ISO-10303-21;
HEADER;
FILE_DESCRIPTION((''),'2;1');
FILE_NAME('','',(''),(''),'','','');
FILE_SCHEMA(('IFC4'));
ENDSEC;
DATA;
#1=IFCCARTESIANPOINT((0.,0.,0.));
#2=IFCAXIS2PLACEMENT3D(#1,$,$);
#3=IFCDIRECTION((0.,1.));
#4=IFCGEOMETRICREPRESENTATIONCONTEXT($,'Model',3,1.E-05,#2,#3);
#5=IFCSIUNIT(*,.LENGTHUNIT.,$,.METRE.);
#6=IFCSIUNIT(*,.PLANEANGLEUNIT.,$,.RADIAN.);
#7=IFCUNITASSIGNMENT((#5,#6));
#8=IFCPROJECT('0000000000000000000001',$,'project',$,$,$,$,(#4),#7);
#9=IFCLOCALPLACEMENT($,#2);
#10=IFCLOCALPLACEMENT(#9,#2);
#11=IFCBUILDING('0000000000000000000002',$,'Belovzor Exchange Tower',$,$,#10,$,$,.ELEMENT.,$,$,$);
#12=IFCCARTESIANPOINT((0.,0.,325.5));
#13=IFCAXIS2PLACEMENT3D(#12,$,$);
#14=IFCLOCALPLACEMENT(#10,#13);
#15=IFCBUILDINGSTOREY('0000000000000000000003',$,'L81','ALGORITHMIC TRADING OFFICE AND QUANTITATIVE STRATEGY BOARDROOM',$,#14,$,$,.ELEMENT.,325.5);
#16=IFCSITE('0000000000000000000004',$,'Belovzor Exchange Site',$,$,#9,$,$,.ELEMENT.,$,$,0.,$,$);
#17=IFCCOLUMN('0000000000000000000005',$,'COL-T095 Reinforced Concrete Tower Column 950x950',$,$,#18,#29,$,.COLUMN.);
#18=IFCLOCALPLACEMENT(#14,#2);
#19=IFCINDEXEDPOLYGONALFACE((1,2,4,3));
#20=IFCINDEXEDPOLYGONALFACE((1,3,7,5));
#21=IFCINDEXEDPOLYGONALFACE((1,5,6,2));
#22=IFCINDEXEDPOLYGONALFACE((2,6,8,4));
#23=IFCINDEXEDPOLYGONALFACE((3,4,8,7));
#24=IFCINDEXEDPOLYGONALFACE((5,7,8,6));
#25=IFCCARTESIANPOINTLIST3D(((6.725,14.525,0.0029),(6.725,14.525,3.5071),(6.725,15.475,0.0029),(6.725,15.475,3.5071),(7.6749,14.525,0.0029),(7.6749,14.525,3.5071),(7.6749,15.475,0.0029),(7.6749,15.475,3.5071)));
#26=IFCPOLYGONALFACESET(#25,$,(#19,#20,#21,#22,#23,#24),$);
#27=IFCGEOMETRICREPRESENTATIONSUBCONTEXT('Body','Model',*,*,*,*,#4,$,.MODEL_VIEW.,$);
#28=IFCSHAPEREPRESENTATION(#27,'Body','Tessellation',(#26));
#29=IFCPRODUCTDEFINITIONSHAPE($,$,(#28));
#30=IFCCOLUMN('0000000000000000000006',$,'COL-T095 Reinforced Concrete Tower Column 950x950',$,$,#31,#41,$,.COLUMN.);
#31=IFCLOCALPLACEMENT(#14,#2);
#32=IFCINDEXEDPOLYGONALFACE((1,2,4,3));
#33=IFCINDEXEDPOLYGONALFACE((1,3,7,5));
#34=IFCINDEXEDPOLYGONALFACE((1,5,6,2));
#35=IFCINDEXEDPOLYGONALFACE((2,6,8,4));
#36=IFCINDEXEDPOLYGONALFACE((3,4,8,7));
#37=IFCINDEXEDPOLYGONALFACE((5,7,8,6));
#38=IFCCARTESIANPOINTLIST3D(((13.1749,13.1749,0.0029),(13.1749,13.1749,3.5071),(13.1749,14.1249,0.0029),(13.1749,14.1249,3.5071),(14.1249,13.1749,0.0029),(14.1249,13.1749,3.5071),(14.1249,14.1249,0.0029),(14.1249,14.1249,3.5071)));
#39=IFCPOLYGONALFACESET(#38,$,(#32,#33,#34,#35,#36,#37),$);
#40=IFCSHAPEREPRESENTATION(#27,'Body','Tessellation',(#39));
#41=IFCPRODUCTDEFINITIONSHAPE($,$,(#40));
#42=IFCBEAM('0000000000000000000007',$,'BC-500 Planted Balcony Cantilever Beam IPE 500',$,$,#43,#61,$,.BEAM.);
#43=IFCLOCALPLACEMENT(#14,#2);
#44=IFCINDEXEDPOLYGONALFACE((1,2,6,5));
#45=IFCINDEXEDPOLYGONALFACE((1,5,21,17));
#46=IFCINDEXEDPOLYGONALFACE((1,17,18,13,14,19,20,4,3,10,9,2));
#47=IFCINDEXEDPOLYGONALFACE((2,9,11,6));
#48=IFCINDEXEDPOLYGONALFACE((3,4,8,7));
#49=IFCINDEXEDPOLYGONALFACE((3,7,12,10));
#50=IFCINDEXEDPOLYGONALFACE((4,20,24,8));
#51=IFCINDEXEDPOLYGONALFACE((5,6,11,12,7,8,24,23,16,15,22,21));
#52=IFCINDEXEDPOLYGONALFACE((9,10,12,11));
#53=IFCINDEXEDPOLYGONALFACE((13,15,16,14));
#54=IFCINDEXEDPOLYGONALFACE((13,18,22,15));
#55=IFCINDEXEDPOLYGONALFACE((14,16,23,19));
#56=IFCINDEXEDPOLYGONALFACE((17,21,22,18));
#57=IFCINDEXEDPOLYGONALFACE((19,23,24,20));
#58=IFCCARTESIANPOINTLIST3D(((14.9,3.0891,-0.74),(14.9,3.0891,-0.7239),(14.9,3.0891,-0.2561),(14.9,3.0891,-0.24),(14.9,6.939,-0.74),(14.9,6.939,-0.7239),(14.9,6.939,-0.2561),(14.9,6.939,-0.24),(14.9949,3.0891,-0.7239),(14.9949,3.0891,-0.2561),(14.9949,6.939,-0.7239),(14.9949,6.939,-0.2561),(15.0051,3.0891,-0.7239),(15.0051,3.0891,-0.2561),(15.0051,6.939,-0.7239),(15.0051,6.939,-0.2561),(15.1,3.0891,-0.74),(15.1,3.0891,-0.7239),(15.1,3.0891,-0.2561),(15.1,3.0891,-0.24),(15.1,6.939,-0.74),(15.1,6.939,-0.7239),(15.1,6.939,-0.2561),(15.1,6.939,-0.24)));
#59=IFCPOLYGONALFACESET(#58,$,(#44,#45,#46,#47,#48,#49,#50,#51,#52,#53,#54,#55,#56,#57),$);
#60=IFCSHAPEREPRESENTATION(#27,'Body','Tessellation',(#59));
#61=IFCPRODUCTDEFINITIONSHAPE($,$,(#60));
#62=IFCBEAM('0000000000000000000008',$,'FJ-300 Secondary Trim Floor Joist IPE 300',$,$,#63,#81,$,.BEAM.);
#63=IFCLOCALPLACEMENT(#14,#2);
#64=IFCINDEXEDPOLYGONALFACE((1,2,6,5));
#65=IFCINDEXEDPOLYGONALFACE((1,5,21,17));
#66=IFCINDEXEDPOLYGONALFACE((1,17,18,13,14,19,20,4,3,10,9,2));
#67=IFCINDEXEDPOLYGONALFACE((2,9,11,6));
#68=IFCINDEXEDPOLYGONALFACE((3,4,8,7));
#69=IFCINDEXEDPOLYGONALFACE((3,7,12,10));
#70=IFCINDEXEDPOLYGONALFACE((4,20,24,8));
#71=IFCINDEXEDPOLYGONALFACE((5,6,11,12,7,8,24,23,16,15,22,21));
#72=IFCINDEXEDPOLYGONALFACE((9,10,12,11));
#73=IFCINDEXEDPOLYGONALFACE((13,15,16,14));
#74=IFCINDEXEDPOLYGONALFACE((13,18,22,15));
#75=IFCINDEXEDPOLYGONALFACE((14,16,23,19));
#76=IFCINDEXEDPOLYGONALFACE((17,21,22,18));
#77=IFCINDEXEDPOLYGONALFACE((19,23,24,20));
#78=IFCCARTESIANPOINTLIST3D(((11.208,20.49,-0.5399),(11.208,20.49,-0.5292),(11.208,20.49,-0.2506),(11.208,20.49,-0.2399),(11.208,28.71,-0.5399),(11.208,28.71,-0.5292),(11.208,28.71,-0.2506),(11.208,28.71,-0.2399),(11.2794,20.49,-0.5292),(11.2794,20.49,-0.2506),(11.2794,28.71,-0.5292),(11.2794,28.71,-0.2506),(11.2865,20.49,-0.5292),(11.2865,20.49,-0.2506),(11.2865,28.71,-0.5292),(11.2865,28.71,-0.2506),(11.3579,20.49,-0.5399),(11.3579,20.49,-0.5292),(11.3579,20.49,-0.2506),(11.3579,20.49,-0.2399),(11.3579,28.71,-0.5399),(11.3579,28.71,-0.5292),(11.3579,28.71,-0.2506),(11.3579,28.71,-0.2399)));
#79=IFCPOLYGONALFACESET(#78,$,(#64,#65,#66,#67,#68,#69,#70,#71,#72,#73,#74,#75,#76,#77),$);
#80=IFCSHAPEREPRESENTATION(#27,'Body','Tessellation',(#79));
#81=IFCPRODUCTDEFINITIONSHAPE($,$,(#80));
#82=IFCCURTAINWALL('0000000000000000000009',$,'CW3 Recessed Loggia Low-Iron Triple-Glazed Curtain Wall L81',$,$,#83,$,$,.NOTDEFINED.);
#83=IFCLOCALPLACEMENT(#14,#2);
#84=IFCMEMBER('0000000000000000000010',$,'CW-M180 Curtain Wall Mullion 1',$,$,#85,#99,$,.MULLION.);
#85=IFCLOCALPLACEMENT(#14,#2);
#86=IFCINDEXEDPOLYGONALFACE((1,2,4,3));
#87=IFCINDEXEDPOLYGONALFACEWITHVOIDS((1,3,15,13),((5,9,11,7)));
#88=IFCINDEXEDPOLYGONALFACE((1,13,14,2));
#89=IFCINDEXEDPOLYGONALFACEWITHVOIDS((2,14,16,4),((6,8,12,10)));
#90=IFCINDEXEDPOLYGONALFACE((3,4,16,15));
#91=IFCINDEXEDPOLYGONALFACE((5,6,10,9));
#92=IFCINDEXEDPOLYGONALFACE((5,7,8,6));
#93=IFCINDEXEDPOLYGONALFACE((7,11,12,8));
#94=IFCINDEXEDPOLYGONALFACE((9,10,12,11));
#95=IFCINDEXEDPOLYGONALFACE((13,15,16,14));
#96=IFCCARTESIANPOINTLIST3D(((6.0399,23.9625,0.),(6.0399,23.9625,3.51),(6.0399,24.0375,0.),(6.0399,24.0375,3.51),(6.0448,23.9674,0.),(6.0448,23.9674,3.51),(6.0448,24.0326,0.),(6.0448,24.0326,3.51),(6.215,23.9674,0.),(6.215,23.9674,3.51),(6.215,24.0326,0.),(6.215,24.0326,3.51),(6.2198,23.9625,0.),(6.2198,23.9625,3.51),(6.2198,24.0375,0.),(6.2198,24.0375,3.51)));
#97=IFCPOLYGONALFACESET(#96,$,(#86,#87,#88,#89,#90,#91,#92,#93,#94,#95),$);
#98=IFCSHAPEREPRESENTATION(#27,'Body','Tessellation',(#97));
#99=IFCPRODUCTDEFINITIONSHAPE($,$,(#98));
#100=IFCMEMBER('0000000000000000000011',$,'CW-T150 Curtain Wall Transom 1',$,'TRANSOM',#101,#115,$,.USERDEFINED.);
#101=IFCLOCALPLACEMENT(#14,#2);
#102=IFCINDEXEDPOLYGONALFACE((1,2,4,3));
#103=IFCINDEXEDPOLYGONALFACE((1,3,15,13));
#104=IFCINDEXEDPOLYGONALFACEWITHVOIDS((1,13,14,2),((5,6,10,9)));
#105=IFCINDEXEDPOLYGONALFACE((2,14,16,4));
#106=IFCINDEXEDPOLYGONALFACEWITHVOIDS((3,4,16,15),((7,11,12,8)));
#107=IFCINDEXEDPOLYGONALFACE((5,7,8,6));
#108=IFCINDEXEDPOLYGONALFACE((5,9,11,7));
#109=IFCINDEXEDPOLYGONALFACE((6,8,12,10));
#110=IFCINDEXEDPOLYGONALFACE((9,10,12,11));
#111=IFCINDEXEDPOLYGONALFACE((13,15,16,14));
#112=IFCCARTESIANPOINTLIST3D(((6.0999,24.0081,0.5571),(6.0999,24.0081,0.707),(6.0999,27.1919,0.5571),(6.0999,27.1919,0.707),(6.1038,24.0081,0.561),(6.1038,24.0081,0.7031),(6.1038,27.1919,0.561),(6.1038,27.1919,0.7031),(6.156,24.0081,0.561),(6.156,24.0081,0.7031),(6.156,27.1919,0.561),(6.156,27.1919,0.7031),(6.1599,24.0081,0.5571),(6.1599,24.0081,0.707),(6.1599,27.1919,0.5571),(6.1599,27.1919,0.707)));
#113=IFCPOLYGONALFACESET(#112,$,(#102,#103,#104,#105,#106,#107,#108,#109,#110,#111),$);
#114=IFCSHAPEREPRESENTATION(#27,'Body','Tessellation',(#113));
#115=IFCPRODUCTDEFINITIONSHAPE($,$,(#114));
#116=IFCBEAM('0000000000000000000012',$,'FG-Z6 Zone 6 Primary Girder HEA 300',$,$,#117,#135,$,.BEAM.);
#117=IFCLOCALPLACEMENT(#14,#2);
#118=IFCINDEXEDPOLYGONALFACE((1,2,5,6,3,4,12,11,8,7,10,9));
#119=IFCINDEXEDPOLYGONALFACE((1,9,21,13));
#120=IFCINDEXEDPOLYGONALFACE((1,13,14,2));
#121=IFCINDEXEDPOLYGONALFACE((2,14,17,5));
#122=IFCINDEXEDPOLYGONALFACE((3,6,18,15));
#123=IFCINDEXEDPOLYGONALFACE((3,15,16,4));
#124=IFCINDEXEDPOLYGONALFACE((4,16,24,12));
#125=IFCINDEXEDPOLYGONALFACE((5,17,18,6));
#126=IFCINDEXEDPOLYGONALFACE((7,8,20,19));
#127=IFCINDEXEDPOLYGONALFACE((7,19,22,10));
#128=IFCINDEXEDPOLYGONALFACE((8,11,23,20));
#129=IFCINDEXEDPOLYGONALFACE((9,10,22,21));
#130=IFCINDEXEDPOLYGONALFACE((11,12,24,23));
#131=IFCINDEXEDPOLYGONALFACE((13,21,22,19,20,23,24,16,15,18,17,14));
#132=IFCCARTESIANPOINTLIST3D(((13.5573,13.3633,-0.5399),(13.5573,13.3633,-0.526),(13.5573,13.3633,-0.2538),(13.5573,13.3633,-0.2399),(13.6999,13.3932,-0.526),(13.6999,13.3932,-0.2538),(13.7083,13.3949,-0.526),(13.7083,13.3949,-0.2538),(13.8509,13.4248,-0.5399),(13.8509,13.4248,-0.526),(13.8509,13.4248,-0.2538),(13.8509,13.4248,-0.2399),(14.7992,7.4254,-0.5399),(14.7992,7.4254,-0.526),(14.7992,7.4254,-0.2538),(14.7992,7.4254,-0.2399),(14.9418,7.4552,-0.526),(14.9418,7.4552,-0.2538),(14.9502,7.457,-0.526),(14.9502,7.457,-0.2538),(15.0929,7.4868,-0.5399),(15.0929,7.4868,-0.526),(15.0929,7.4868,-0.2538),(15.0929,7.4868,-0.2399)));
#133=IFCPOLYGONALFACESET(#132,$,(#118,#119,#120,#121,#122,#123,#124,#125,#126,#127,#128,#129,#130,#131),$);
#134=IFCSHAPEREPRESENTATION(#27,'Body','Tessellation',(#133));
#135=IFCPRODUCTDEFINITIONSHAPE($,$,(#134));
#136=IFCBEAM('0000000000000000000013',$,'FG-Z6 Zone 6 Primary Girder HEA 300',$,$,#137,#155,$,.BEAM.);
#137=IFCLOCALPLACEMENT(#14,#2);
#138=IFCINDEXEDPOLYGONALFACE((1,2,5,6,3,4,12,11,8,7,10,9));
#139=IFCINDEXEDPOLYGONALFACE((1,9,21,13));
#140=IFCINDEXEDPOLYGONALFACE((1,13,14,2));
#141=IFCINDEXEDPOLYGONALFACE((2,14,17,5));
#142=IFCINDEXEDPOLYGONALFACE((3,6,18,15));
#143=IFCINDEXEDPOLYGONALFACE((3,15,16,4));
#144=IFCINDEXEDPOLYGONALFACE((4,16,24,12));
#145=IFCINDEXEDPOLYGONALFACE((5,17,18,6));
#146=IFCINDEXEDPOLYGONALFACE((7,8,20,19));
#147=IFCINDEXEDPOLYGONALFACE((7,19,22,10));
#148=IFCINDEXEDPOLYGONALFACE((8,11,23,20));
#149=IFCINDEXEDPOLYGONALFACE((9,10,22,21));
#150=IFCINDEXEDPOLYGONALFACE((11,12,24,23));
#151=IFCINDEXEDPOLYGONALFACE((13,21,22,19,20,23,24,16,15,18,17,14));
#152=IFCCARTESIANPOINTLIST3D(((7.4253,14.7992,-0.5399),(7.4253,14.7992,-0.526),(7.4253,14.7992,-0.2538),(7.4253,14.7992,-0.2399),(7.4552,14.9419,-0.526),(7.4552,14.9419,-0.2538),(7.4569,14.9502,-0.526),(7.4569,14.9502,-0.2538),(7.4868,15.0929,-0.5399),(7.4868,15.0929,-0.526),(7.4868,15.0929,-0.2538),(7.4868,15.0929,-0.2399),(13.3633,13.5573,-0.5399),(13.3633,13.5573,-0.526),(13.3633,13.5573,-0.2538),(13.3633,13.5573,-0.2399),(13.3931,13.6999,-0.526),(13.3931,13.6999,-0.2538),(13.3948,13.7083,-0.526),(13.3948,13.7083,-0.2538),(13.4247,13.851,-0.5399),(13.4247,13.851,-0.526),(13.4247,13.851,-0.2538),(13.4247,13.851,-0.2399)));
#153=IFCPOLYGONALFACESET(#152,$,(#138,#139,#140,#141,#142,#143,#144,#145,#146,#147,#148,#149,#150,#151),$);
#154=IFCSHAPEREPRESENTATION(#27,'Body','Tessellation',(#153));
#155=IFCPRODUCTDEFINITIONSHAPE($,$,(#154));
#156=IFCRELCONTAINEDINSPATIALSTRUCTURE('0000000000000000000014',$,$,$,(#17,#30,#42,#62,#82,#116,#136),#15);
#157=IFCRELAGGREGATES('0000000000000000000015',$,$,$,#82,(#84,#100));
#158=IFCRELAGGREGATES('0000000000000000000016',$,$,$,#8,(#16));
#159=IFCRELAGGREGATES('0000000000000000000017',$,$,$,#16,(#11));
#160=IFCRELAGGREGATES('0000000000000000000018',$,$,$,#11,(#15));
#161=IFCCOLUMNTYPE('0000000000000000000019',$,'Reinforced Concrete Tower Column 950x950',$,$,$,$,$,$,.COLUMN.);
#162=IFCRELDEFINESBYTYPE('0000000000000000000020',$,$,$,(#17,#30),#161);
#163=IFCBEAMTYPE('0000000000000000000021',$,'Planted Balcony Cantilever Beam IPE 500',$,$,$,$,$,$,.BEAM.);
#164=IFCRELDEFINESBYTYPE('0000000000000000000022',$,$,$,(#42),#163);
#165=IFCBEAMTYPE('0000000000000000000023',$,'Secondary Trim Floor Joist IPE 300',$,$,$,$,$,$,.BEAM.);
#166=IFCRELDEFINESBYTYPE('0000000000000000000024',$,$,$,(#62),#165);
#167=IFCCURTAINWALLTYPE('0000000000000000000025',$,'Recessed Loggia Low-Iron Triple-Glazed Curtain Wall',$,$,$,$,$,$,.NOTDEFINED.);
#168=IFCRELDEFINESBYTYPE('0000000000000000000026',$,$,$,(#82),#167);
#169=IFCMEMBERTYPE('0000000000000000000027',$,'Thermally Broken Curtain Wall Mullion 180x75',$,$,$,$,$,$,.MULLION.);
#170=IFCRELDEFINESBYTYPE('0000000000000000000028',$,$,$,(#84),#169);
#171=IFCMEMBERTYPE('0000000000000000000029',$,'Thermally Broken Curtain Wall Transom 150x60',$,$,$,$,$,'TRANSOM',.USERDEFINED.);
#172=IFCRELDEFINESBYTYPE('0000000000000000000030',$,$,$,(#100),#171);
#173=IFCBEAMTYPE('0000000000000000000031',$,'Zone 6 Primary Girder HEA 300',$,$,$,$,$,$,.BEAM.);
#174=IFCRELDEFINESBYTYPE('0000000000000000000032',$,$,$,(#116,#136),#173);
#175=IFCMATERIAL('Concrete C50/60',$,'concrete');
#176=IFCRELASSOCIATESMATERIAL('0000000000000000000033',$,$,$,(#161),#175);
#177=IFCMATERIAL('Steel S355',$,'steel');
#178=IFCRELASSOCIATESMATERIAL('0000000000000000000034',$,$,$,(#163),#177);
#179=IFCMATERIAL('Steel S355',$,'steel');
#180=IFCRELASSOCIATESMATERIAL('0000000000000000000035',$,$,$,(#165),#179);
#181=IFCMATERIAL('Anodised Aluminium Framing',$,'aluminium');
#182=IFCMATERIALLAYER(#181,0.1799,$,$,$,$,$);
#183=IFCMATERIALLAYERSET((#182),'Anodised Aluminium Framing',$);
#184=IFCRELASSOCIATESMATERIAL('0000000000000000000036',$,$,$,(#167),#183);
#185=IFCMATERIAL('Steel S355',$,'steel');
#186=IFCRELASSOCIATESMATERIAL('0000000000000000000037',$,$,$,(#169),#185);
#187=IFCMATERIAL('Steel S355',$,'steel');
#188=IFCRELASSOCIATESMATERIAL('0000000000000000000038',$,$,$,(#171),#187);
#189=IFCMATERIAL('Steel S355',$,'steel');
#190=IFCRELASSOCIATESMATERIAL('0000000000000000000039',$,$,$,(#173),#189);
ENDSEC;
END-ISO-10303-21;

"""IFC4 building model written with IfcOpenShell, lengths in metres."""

from ifc_helpers import new_model, si_unit, direction, frame, origin, origin_2d, place, context, subcontext, project, spatial, rectangle, hollow_rectangle, i_section, extrude, material, layer, layer_set, material_profile, profile_set, type_object, element, aggregate, save


model = new_model("IFC4")

# Units and contexts
model_context = context("Model", 3, precision=1e-05, world=origin(), true_north=direction((0.0, 1.0)))
body_context = subcontext(model_context, "Body", "Model", "MODEL_VIEW")
ifc_project = project(units=[si_unit("LENGTHUNIT", "METRE"), si_unit("PLANEANGLEUNIT", "RADIAN")], contexts=[model_context])

# Site, building, storey
site_placement = place(None, origin())
site = spatial("IfcSite", under=ifc_project, at=site_placement, Name="Belovzor Exchange Site", CompositionType="ELEMENT", RefElevation=0.0)
building_placement = place(site_placement, origin())
building = spatial("IfcBuilding", under=site, at=building_placement, Name="Belovzor Exchange Tower", CompositionType="ELEMENT")
storey_placement = place(building_placement, frame((0.0, 0.0, 325.5)))
storey = spatial("IfcBuildingStorey", under=building, at=storey_placement, Name="L81", Description="ALGORITHMIC TRADING OFFICE AND QUANTITATIVE STRATEGY BOARDROOM", CompositionType="ELEMENT", Elevation=325.5)

# Columns
ifc_material_1 = material(Name="Concrete C50/60", Category="concrete")
ifc_material_profile_1 = material_profile(ifc_material_1, rectangle(XDim=0.95, YDim=0.95, at=origin_2d()))
ifc_profile_set_1 = profile_set([ifc_material_profile_1], Name="Concrete C50/60")
column_type = type_object("IfcColumnType", Name="Reinforced Concrete Tower Column 950x950", PredefinedType="COLUMN", material=ifc_profile_set_1)
for number, where, z_axis, x_axis, name in (
    (1, (7.2, 15.0, 0.0029), (0.0, 0.0, 1.0), (1.0, 0.0, 0.0), "COL-T095 Reinforced Concrete Tower Column 950x950"),
    (2, (13.6499, 13.6499, 0.0029), (0.0, 0.0, 1.0), (1.0, 0.0, 0.0), "COL-T095 Reinforced Concrete Tower Column 950x950"),
):
    element("IfcColumn", number, at=place(storey_placement, frame(where, z_axis=z_axis, x_axis=x_axis)), inside=storey, type_object=column_type, Name=name, PredefinedType="COLUMN", context=body_context, shape_type="SweptSolid", body=[
        extrude(rectangle(XDim=0.95, YDim=0.95, at=origin_2d()), origin(), (0.0, 0.0, 1.0), 3.5042),
    ])

# Beams
ifc_material_2 = material(Name="Steel S355", Category="steel")
ifc_material_profile_2 = material_profile(ifc_material_2, i_section(OverallWidth=0.2, OverallDepth=0.5, WebThickness=0.0103, FlangeThickness=0.0161, at=origin_2d()))
ifc_profile_set_2 = profile_set([ifc_material_profile_2], Name="Steel S355")
beam_type_1 = type_object("IfcBeamType", Name="Planted Balcony Cantilever Beam IPE 500", PredefinedType="BEAM", material=ifc_profile_set_2)
beam_1_placement = place(storey_placement, frame((15.0, 6.939, -0.49), z_axis=(0.0, -1.0, 0.0), x_axis=(1.0, 0.0, 0.0)))
element("IfcBeam", 3, at=beam_1_placement, inside=storey, type_object=beam_type_1, Name="BC-500 Planted Balcony Cantilever Beam IPE 500", PredefinedType="BEAM", context=body_context, shape_type="SweptSolid", body=[
    extrude(i_section(OverallWidth=0.2, OverallDepth=0.5, WebThickness=0.0103, FlangeThickness=0.0161, at=origin_2d()), origin(), (0.0, 0.0, 1.0), 3.8499),
])
ifc_material_3 = material(Name="Steel S355", Category="steel")
ifc_material_profile_3 = material_profile(ifc_material_3, i_section(OverallWidth=0.1499, OverallDepth=0.3, WebThickness=0.0071, FlangeThickness=0.0107, at=origin_2d()))
ifc_profile_set_3 = profile_set([ifc_material_profile_3], Name="Steel S355")
beam_type_2 = type_object("IfcBeamType", Name="Secondary Trim Floor Joist IPE 300", PredefinedType="BEAM", material=ifc_profile_set_3)
beam_2_placement = place(storey_placement, frame((11.283, 20.49, -0.3899), z_axis=(0.0, 1.0, 0.0), x_axis=(-1.0, 0.0, 0.0)))
element("IfcBeam", 4, at=beam_2_placement, inside=storey, type_object=beam_type_2, Name="FJ-300 Secondary Trim Floor Joist IPE 300", PredefinedType="BEAM", context=body_context, shape_type="SweptSolid", body=[
    extrude(i_section(OverallWidth=0.1499, OverallDepth=0.3, WebThickness=0.0071, FlangeThickness=0.0107, at=origin_2d()), origin(), (0.0, 0.0, 1.0), 8.22),
])

# Curtain wall, members
ifc_material_4 = material(Name="Anodised Aluminium Framing", Category="aluminium")
ifc_layer_1 = layer(ifc_material_4, 0.1799)
ifc_layer_set_1 = layer_set([ifc_layer_1], Name="Anodised Aluminium Framing")
curtain_wall_type = type_object("IfcCurtainWallType", Name="Recessed Loggia Low-Iron Triple-Glazed Curtain Wall", PredefinedType="NOTDEFINED", material=ifc_layer_set_1)
curtain_wall_placement = place(storey_placement, origin())
curtain_wall = element("IfcCurtainWall", 5, at=curtain_wall_placement, inside=storey, type_object=curtain_wall_type, Name="CW3 Recessed Loggia Low-Iron Triple-Glazed Curtain Wall L81", PredefinedType="NOTDEFINED")
ifc_material_5 = material(Name="Steel S355", Category="steel")
ifc_material_profile_4 = material_profile(ifc_material_5, hollow_rectangle(XDim=0.075, YDim=0.1799, WallThickness=0.0049, at=origin_2d()))
ifc_profile_set_4 = profile_set([ifc_material_profile_4], Name="Steel S355")
member_type_1 = type_object("IfcMemberType", Name="Thermally Broken Curtain Wall Mullion 180x75", PredefinedType="MULLION", material=ifc_profile_set_4)
member_1_placement = place(storey_placement, frame((6.1299, 24.0, 0.0), z_axis=(0.0, 0.0, 1.0), x_axis=(0.0, 1.0, 0.0)))
member_1 = element("IfcMember", 6, at=member_1_placement, type_object=member_type_1, Name="CW-M180 Curtain Wall Mullion 1", PredefinedType="MULLION", context=body_context, shape_type="SweptSolid", body=[
    extrude(hollow_rectangle(XDim=0.075, YDim=0.1799, WallThickness=0.0049, at=origin_2d()), origin(), (0.0, 0.0, 1.0), 3.51),
])
ifc_material_6 = material(Name="Steel S355", Category="steel")
ifc_material_profile_5 = material_profile(ifc_material_6, hollow_rectangle(XDim=0.0601, YDim=0.1499, WallThickness=0.0039, at=origin_2d()))
ifc_profile_set_5 = profile_set([ifc_material_profile_5], Name="Steel S355")
member_type_2 = type_object("IfcMemberType", Name="Thermally Broken Curtain Wall Transom 150x60", ElementType="TRANSOM", PredefinedType="USERDEFINED", material=ifc_profile_set_5)
member_2_placement = place(storey_placement, frame((6.1299, 24.0081, 0.6321), z_axis=(0.0, 1.0, 0.0), x_axis=(-1.0, 0.0, 0.0)))
member_2 = element("IfcMember", 7, at=member_2_placement, type_object=member_type_2, Name="CW-T150 Curtain Wall Transom 1", ObjectType="TRANSOM", PredefinedType="USERDEFINED", context=body_context, shape_type="SweptSolid", body=[
    extrude(hollow_rectangle(XDim=0.0601, YDim=0.1499, WallThickness=0.0039, at=origin_2d()), origin(), (0.0, 0.0, 1.0), 3.1838),
])

# Beams
ifc_material_7 = material(Name="Steel S355", Category="steel")
ifc_material_profile_6 = material_profile(ifc_material_7, i_section(OverallWidth=0.3, OverallDepth=0.3, WebThickness=0.0085, FlangeThickness=0.0139, at=origin_2d()))
ifc_profile_set_6 = profile_set([ifc_material_profile_6], Name="Steel S355")
beam_type_3 = type_object("IfcBeamType", Name="Zone 6 Primary Girder HEA 300", PredefinedType="BEAM", material=ifc_profile_set_6)
for number, where, z_axis, x_axis, name in (
    (8, (13.7041, 13.394, -0.3899), (0.204722, -0.97882, 0.0), (0.97882, 0.204722, 0.0), "FG-Z6 Zone 6 Primary Girder HEA 300"),
    (9, (7.4561, 14.946, -0.3899), (0.97882, -0.204722, 0.0), (0.204722, 0.97882, 0.0), "FG-Z6 Zone 6 Primary Girder HEA 300"),
):
    element("IfcBeam", number, at=place(storey_placement, frame(where, z_axis=z_axis, x_axis=x_axis)), inside=storey, type_object=beam_type_3, Name=name, PredefinedType="BEAM", context=body_context, shape_type="SweptSolid", body=[
        extrude(i_section(OverallWidth=0.3, OverallDepth=0.3, WebThickness=0.0085, FlangeThickness=0.0139, at=origin_2d()), origin(), (0.0, 0.0, 1.0), 6.0664),
    ])

aggregate(curtain_wall, [member_1, member_2])

save(model, "model.ifc")
